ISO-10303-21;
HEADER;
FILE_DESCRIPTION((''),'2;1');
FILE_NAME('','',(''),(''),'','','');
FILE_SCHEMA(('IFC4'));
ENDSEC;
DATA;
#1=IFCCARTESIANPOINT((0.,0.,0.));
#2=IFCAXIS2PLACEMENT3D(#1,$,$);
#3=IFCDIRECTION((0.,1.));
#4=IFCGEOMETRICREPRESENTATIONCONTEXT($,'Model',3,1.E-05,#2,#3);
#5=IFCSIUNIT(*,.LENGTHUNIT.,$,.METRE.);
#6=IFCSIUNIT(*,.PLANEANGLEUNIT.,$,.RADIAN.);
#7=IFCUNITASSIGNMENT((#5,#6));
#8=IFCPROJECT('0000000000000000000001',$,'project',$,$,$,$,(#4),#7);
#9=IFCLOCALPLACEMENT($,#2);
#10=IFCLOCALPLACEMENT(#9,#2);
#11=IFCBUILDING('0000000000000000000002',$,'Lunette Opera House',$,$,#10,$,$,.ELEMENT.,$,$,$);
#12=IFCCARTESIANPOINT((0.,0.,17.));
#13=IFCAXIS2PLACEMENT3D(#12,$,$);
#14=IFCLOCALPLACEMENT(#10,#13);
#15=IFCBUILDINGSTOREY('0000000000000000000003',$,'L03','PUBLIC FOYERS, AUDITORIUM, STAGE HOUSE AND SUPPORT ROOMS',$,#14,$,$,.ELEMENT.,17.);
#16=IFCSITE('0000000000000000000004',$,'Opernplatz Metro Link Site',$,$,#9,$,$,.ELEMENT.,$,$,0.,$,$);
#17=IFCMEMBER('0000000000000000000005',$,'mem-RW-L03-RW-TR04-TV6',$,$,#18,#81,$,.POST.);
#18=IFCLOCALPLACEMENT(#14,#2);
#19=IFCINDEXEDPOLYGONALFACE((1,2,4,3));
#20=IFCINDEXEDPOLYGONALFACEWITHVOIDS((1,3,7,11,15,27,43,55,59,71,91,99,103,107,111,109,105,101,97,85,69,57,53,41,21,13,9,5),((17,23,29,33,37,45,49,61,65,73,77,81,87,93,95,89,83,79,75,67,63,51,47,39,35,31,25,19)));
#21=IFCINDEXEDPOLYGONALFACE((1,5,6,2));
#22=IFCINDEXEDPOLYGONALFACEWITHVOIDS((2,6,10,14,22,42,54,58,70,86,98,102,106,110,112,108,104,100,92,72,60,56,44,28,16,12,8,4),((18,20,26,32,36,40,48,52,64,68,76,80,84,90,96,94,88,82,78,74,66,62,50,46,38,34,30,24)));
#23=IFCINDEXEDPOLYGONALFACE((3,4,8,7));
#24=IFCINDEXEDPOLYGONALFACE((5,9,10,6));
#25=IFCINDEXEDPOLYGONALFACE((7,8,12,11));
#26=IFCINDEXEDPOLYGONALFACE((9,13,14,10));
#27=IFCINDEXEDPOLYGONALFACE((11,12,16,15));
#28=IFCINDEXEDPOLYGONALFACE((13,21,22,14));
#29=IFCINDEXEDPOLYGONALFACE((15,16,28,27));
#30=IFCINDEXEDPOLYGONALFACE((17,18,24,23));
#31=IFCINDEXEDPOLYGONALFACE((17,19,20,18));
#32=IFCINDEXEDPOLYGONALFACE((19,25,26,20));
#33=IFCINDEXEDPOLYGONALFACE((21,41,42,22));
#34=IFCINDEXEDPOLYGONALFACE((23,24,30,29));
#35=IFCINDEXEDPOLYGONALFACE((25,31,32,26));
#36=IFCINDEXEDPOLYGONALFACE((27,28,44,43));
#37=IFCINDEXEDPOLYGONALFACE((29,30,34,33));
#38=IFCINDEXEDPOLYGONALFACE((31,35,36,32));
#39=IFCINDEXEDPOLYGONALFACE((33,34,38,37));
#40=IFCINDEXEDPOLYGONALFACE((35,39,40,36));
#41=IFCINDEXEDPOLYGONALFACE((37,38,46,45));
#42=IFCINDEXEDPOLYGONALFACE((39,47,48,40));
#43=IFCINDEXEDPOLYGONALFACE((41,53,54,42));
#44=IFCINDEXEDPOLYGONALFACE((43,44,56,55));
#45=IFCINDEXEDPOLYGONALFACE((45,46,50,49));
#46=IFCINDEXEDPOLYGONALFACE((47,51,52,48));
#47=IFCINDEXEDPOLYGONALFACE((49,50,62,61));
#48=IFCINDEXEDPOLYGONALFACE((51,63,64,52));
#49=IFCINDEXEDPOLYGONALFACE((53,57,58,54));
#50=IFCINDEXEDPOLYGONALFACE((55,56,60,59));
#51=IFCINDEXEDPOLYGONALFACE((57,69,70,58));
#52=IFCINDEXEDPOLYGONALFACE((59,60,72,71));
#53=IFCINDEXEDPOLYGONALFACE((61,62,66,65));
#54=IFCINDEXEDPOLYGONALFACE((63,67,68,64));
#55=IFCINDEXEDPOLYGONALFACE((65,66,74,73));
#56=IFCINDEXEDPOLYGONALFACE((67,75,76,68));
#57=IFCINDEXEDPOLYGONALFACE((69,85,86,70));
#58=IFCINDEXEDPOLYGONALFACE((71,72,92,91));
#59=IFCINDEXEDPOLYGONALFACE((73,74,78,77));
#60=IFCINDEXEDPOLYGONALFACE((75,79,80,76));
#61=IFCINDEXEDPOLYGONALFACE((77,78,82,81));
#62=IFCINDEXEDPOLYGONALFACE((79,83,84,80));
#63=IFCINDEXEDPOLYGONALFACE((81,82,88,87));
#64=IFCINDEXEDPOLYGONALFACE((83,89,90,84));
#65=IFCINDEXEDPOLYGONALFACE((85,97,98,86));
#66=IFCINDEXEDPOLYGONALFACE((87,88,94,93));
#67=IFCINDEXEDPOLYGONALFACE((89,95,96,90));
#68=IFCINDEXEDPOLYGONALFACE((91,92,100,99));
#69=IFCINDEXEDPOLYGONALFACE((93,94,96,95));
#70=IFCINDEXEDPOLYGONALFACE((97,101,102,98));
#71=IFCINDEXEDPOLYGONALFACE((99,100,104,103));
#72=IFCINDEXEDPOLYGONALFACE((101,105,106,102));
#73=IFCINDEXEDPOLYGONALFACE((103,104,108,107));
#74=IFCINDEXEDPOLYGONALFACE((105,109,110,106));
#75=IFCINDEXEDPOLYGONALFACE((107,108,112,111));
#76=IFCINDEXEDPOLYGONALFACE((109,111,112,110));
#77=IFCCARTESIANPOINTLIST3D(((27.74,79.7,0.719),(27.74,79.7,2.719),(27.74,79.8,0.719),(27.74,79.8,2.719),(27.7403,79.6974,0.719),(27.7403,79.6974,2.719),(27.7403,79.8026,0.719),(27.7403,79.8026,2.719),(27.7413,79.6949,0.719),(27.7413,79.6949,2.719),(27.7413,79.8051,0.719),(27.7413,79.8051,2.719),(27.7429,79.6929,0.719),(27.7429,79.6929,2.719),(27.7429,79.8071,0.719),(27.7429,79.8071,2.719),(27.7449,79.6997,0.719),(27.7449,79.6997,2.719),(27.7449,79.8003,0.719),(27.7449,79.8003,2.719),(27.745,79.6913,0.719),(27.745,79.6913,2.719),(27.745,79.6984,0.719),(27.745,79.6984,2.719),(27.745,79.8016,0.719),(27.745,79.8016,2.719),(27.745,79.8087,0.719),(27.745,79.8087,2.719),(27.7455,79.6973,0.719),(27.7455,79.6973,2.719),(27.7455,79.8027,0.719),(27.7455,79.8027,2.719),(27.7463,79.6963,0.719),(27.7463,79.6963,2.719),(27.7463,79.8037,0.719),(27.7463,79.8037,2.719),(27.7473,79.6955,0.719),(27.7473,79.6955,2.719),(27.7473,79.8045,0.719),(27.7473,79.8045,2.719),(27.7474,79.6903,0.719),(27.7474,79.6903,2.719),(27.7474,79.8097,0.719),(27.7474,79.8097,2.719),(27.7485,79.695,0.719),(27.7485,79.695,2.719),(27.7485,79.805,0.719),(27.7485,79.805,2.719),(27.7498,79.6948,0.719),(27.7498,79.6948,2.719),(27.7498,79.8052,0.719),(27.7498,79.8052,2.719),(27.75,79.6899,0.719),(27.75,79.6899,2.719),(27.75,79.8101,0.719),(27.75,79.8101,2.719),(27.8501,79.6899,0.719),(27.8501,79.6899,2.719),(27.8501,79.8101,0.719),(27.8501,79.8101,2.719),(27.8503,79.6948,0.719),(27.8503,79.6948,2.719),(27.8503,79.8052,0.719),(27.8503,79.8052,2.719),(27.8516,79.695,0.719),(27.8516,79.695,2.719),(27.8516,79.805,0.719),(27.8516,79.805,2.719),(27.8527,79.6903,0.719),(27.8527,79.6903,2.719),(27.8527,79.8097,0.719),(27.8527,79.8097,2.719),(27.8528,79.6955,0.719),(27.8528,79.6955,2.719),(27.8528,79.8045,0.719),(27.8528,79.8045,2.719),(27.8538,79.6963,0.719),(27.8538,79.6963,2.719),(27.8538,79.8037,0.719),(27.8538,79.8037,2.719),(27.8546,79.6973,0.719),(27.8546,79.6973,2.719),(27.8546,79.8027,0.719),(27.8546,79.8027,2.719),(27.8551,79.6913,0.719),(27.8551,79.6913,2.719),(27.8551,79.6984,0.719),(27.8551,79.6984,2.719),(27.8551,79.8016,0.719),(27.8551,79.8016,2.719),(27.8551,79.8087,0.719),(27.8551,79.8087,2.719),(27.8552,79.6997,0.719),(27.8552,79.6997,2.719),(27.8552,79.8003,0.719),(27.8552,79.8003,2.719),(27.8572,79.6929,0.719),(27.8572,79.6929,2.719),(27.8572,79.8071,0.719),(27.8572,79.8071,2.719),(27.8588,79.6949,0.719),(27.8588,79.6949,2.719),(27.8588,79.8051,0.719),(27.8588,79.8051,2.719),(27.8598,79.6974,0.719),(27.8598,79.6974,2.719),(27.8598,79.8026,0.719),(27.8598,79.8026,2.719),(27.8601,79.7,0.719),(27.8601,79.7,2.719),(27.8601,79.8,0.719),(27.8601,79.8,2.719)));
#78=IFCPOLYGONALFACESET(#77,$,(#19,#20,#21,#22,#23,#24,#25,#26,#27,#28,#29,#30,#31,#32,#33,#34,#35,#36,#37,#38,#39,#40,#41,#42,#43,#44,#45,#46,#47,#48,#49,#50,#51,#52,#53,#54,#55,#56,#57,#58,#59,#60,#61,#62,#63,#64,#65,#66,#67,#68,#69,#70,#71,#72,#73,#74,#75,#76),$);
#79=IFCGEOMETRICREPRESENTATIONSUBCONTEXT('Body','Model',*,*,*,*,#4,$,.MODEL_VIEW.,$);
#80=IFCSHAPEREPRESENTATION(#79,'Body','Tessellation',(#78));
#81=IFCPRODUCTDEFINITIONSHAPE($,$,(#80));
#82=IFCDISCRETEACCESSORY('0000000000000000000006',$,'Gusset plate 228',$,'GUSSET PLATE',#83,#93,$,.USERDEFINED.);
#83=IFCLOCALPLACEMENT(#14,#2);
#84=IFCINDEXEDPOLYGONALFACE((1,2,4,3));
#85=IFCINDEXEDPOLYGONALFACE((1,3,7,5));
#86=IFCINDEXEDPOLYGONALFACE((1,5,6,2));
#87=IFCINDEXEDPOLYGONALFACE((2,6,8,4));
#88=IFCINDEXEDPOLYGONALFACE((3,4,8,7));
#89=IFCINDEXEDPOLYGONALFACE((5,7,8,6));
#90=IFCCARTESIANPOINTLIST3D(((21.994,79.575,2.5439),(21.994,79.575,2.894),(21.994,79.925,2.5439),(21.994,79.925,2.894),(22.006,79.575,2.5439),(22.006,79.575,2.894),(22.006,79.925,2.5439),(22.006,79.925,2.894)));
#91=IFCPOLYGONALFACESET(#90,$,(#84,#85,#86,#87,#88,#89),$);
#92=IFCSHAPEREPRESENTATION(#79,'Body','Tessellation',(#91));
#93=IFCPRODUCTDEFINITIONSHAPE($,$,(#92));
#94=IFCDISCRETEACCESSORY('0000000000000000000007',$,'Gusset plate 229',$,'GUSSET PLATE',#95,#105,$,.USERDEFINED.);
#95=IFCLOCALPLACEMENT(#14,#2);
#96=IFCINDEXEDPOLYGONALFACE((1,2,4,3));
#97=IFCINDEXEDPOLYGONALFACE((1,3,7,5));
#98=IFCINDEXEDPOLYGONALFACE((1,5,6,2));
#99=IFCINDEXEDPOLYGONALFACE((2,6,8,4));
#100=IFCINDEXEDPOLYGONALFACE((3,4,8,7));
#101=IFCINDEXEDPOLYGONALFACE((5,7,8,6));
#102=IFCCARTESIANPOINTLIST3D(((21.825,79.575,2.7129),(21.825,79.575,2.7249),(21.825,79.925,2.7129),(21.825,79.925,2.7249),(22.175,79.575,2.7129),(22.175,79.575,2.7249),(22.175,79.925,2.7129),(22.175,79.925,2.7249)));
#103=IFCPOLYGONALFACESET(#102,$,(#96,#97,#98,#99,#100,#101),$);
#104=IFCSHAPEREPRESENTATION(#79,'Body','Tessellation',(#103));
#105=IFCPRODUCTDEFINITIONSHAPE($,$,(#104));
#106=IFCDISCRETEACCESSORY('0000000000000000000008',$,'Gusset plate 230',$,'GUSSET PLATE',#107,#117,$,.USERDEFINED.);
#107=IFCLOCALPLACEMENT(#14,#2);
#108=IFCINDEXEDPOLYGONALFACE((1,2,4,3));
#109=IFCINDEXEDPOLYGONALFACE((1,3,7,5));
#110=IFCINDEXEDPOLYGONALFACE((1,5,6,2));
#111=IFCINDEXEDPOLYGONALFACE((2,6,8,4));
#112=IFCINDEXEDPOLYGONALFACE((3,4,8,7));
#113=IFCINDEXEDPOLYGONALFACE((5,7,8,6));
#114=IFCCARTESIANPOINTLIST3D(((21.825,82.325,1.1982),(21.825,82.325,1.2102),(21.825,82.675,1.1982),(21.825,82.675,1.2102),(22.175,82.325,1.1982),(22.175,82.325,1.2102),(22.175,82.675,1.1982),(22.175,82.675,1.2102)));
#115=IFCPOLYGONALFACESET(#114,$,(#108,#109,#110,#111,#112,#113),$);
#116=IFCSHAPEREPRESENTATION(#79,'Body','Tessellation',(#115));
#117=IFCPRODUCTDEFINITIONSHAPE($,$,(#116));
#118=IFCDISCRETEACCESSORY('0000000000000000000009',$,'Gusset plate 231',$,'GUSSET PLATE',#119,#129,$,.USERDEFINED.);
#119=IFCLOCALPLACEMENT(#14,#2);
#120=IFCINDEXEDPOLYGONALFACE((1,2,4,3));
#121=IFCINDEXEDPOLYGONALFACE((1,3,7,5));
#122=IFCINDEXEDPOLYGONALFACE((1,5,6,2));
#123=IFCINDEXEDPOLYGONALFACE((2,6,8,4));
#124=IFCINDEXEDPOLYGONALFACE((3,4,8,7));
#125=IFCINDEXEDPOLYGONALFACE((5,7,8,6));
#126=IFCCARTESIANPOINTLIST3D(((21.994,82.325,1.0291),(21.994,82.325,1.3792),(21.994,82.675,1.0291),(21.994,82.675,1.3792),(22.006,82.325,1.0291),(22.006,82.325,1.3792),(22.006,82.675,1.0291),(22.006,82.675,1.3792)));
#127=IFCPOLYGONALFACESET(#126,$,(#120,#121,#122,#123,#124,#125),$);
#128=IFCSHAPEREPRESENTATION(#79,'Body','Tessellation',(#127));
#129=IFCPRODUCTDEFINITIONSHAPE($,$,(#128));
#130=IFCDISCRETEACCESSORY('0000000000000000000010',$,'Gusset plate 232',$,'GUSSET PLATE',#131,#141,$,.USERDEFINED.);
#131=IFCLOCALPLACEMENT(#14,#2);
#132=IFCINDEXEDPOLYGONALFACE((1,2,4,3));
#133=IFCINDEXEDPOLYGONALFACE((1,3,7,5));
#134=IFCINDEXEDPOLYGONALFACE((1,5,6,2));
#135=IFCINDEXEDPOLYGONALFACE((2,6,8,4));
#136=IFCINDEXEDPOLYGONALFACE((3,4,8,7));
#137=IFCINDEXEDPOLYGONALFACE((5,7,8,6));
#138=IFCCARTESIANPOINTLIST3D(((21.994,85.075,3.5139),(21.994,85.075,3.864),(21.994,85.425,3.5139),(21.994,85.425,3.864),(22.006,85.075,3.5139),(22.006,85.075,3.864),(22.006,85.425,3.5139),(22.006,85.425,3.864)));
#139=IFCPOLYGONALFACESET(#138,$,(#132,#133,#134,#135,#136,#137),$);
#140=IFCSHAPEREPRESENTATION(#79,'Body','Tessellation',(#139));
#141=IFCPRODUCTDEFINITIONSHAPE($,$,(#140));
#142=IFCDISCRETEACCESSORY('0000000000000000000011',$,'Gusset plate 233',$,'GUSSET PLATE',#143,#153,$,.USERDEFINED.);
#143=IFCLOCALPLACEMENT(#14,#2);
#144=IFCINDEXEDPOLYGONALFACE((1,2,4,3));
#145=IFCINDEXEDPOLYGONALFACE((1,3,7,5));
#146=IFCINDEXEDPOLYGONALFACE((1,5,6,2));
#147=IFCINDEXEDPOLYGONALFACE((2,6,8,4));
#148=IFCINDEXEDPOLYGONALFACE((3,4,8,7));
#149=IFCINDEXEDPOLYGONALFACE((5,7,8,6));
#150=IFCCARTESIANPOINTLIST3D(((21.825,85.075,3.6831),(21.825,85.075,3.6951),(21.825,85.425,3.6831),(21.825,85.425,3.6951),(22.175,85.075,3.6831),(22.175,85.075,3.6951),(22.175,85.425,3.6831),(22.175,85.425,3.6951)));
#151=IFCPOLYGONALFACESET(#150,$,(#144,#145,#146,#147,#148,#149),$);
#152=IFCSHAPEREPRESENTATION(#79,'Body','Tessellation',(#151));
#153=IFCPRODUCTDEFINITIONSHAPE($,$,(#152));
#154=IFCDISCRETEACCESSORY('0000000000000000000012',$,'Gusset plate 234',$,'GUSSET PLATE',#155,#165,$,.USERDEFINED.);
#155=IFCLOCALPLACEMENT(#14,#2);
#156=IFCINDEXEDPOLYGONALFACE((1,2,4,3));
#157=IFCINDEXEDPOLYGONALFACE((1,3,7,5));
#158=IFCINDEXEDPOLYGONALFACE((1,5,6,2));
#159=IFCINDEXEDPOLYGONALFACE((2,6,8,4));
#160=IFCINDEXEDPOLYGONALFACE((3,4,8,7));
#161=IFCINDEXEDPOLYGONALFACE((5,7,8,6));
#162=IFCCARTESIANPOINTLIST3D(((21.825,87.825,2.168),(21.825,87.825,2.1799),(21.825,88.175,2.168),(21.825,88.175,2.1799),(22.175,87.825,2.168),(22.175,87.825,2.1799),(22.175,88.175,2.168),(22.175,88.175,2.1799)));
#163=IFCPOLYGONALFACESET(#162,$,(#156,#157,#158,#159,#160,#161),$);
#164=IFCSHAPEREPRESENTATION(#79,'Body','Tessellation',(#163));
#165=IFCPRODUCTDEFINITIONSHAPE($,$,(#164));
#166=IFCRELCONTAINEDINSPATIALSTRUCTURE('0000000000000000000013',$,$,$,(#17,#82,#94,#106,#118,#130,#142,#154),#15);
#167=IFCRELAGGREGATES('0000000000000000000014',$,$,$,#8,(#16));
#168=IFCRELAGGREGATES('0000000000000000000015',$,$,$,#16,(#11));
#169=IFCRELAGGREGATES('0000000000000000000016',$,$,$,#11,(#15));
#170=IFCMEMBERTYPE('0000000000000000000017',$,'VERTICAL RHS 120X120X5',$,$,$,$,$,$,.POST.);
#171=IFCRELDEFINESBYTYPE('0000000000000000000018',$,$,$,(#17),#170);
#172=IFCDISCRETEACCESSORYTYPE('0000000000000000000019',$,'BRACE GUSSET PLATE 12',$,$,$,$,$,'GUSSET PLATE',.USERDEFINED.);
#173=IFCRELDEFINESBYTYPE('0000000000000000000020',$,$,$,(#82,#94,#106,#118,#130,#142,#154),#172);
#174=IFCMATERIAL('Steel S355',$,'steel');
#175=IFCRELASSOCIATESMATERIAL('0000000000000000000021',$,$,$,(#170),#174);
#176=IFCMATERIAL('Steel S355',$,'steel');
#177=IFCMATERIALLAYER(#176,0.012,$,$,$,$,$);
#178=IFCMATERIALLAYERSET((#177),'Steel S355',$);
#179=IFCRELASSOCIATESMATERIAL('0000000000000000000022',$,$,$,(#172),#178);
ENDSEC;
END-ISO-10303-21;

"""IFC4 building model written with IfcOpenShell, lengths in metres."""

from ifc_helpers import new_model, si_unit, direction, frame, origin, origin_2d, place, context, subcontext, project, spatial, rectangle, hollow_rectangle, extrude, material, layer, layer_set, material_profile, profile_set, type_object, element, save


model = new_model("IFC4")

# Units and contexts
model_context = context("Model", 3, precision=1e-05, world=origin(), true_north=direction((0.0, 1.0)))
body_context = subcontext(model_context, "Body", "Model", "MODEL_VIEW")
ifc_project = project(units=[si_unit("LENGTHUNIT", "METRE"), si_unit("PLANEANGLEUNIT", "RADIAN")], contexts=[model_context])

# Site, building, storey
site_placement = place(None, origin())
site = spatial("IfcSite", under=ifc_project, at=site_placement, Name="Opernplatz Metro Link Site", CompositionType="ELEMENT", RefElevation=0.0)
building_placement = place(site_placement, origin())
building = spatial("IfcBuilding", under=site, at=building_placement, Name="Lunette Opera House", CompositionType="ELEMENT")
storey_placement = place(building_placement, frame((0.0, 0.0, 17.0)))
storey = spatial("IfcBuildingStorey", under=building, at=storey_placement, Name="L03", Description="PUBLIC FOYERS, AUDITORIUM, STAGE HOUSE AND SUPPORT ROOMS", CompositionType="ELEMENT", Elevation=17.0)

# Member
ifc_material_1 = material(Name="Steel S355", Category="steel")
ifc_material_profile_1 = material_profile(ifc_material_1, hollow_rectangle(XDim=0.1201, YDim=0.1201, WallThickness=0.0049, InnerFilletRadius=0.0049, OuterFilletRadius=0.01, at=origin_2d()), Name="RHS 120X120X5")
ifc_profile_set_1 = profile_set([ifc_material_profile_1], Name="Steel S355")
member_type_1 = type_object("IfcMemberType", Name="VERTICAL RHS 120X120X5", PredefinedType="POST", material=ifc_profile_set_1)
for number, where, z_axis, x_axis, name in (
    (1, (27.8, 79.75, 0.719), (0.0, 0.0, 1.0), (1.0, 0.0, 0.0), "mem-RW-L03-RW-TR04-TV6"),
):
    element("IfcMember", number, at=place(storey_placement, frame(where, z_axis=z_axis, x_axis=x_axis)), inside=storey, type_object=member_type_1, Name=name, PredefinedType="POST", context=body_context, shape_type="SweptSolid", body=[
        extrude(hollow_rectangle(XDim=0.1201, YDim=0.1201, WallThickness=0.0049, InnerFilletRadius=0.0049, OuterFilletRadius=0.01, at=origin_2d()), origin(), (0.0, 0.0, 1.0), 2.0),
    ])

# Discrete accessories
ifc_material_2 = material(Name="Steel S355", Category="steel")
ifc_layer = layer(ifc_material_2, 0.012)
ifc_layer_set = layer_set([ifc_layer], Name="Steel S355")
discrete_accessory_type = type_object("IfcDiscreteAccessoryType", Name="BRACE GUSSET PLATE 12", ElementType="GUSSET PLATE", PredefinedType="USERDEFINED", material=ifc_layer_set)
discrete_accessory_placement = place(storey_placement, frame((22.0, 79.75, 2.5439), z_axis=(0.0, 0.0, 1.0), x_axis=(0.0, 1.0, 0.0)))
element("IfcDiscreteAccessory", 2, at=discrete_accessory_placement, inside=storey, type_object=discrete_accessory_type, Name="Gusset plate 228", ObjectType="GUSSET PLATE", PredefinedType="USERDEFINED", context=body_context, shape_type="SweptSolid", body=[
    extrude(rectangle(XDim=0.3501, YDim=0.012, at=origin_2d()), origin(), (0.0, 0.0, 1.0), 0.3501),
])
for number, where, z_axis, x_axis, name in (
    (3, (22.0, 79.75, 2.7129), (0.0, 0.0, 1.0), (0.0, 1.0, 0.0), "Gusset plate 229"),
    (4, (22.0, 82.5, 1.1982), (0.0, 0.0, 1.0), (0.0, 1.0, 0.0), "Gusset plate 230"),
):
    element("IfcDiscreteAccessory", number, at=place(storey_placement, frame(where, z_axis=z_axis, x_axis=x_axis)), inside=storey, type_object=discrete_accessory_type, Name=name, ObjectType="GUSSET PLATE", PredefinedType="USERDEFINED", context=body_context, shape_type="SweptSolid", body=[
        extrude(rectangle(XDim=0.3501, YDim=0.3501, at=origin_2d()), origin(), (0.0, 0.0, 1.0), 0.012),
    ])
for number, where, z_axis, x_axis, name in (
    (5, (22.0, 82.5, 1.0291), (0.0, 0.0, 1.0), (0.0, 1.0, 0.0), "Gusset plate 231"),
    (6, (22.0, 85.25, 3.5139), (0.0, 0.0, 1.0), (0.0, 1.0, 0.0), "Gusset plate 232"),
):
    element("IfcDiscreteAccessory", number, at=place(storey_placement, frame(where, z_axis=z_axis, x_axis=x_axis)), inside=storey, type_object=discrete_accessory_type, Name=name, ObjectType="GUSSET PLATE", PredefinedType="USERDEFINED", context=body_context, shape_type="SweptSolid", body=[
        extrude(rectangle(XDim=0.3501, YDim=0.012, at=origin_2d()), origin(), (0.0, 0.0, 1.0), 0.3501),
    ])
for number, where, z_axis, x_axis, name in (
    (7, (22.0, 85.25, 3.6831), (0.0, 0.0, 1.0), (0.0, 1.0, 0.0), "Gusset plate 233"),
    (8, (22.0, 88.0, 2.168), (0.0, 0.0, 1.0), (0.0, 1.0, 0.0), "Gusset plate 234"),
):
    element("IfcDiscreteAccessory", number, at=place(storey_placement, frame(where, z_axis=z_axis, x_axis=x_axis)), inside=storey, type_object=discrete_accessory_type, Name=name, ObjectType="GUSSET PLATE", PredefinedType="USERDEFINED", context=body_context, shape_type="SweptSolid", body=[
        extrude(rectangle(XDim=0.3501, YDim=0.3501, at=origin_2d()), origin(), (0.0, 0.0, 1.0), 0.012),
    ])

save(model, "model.ifc")
